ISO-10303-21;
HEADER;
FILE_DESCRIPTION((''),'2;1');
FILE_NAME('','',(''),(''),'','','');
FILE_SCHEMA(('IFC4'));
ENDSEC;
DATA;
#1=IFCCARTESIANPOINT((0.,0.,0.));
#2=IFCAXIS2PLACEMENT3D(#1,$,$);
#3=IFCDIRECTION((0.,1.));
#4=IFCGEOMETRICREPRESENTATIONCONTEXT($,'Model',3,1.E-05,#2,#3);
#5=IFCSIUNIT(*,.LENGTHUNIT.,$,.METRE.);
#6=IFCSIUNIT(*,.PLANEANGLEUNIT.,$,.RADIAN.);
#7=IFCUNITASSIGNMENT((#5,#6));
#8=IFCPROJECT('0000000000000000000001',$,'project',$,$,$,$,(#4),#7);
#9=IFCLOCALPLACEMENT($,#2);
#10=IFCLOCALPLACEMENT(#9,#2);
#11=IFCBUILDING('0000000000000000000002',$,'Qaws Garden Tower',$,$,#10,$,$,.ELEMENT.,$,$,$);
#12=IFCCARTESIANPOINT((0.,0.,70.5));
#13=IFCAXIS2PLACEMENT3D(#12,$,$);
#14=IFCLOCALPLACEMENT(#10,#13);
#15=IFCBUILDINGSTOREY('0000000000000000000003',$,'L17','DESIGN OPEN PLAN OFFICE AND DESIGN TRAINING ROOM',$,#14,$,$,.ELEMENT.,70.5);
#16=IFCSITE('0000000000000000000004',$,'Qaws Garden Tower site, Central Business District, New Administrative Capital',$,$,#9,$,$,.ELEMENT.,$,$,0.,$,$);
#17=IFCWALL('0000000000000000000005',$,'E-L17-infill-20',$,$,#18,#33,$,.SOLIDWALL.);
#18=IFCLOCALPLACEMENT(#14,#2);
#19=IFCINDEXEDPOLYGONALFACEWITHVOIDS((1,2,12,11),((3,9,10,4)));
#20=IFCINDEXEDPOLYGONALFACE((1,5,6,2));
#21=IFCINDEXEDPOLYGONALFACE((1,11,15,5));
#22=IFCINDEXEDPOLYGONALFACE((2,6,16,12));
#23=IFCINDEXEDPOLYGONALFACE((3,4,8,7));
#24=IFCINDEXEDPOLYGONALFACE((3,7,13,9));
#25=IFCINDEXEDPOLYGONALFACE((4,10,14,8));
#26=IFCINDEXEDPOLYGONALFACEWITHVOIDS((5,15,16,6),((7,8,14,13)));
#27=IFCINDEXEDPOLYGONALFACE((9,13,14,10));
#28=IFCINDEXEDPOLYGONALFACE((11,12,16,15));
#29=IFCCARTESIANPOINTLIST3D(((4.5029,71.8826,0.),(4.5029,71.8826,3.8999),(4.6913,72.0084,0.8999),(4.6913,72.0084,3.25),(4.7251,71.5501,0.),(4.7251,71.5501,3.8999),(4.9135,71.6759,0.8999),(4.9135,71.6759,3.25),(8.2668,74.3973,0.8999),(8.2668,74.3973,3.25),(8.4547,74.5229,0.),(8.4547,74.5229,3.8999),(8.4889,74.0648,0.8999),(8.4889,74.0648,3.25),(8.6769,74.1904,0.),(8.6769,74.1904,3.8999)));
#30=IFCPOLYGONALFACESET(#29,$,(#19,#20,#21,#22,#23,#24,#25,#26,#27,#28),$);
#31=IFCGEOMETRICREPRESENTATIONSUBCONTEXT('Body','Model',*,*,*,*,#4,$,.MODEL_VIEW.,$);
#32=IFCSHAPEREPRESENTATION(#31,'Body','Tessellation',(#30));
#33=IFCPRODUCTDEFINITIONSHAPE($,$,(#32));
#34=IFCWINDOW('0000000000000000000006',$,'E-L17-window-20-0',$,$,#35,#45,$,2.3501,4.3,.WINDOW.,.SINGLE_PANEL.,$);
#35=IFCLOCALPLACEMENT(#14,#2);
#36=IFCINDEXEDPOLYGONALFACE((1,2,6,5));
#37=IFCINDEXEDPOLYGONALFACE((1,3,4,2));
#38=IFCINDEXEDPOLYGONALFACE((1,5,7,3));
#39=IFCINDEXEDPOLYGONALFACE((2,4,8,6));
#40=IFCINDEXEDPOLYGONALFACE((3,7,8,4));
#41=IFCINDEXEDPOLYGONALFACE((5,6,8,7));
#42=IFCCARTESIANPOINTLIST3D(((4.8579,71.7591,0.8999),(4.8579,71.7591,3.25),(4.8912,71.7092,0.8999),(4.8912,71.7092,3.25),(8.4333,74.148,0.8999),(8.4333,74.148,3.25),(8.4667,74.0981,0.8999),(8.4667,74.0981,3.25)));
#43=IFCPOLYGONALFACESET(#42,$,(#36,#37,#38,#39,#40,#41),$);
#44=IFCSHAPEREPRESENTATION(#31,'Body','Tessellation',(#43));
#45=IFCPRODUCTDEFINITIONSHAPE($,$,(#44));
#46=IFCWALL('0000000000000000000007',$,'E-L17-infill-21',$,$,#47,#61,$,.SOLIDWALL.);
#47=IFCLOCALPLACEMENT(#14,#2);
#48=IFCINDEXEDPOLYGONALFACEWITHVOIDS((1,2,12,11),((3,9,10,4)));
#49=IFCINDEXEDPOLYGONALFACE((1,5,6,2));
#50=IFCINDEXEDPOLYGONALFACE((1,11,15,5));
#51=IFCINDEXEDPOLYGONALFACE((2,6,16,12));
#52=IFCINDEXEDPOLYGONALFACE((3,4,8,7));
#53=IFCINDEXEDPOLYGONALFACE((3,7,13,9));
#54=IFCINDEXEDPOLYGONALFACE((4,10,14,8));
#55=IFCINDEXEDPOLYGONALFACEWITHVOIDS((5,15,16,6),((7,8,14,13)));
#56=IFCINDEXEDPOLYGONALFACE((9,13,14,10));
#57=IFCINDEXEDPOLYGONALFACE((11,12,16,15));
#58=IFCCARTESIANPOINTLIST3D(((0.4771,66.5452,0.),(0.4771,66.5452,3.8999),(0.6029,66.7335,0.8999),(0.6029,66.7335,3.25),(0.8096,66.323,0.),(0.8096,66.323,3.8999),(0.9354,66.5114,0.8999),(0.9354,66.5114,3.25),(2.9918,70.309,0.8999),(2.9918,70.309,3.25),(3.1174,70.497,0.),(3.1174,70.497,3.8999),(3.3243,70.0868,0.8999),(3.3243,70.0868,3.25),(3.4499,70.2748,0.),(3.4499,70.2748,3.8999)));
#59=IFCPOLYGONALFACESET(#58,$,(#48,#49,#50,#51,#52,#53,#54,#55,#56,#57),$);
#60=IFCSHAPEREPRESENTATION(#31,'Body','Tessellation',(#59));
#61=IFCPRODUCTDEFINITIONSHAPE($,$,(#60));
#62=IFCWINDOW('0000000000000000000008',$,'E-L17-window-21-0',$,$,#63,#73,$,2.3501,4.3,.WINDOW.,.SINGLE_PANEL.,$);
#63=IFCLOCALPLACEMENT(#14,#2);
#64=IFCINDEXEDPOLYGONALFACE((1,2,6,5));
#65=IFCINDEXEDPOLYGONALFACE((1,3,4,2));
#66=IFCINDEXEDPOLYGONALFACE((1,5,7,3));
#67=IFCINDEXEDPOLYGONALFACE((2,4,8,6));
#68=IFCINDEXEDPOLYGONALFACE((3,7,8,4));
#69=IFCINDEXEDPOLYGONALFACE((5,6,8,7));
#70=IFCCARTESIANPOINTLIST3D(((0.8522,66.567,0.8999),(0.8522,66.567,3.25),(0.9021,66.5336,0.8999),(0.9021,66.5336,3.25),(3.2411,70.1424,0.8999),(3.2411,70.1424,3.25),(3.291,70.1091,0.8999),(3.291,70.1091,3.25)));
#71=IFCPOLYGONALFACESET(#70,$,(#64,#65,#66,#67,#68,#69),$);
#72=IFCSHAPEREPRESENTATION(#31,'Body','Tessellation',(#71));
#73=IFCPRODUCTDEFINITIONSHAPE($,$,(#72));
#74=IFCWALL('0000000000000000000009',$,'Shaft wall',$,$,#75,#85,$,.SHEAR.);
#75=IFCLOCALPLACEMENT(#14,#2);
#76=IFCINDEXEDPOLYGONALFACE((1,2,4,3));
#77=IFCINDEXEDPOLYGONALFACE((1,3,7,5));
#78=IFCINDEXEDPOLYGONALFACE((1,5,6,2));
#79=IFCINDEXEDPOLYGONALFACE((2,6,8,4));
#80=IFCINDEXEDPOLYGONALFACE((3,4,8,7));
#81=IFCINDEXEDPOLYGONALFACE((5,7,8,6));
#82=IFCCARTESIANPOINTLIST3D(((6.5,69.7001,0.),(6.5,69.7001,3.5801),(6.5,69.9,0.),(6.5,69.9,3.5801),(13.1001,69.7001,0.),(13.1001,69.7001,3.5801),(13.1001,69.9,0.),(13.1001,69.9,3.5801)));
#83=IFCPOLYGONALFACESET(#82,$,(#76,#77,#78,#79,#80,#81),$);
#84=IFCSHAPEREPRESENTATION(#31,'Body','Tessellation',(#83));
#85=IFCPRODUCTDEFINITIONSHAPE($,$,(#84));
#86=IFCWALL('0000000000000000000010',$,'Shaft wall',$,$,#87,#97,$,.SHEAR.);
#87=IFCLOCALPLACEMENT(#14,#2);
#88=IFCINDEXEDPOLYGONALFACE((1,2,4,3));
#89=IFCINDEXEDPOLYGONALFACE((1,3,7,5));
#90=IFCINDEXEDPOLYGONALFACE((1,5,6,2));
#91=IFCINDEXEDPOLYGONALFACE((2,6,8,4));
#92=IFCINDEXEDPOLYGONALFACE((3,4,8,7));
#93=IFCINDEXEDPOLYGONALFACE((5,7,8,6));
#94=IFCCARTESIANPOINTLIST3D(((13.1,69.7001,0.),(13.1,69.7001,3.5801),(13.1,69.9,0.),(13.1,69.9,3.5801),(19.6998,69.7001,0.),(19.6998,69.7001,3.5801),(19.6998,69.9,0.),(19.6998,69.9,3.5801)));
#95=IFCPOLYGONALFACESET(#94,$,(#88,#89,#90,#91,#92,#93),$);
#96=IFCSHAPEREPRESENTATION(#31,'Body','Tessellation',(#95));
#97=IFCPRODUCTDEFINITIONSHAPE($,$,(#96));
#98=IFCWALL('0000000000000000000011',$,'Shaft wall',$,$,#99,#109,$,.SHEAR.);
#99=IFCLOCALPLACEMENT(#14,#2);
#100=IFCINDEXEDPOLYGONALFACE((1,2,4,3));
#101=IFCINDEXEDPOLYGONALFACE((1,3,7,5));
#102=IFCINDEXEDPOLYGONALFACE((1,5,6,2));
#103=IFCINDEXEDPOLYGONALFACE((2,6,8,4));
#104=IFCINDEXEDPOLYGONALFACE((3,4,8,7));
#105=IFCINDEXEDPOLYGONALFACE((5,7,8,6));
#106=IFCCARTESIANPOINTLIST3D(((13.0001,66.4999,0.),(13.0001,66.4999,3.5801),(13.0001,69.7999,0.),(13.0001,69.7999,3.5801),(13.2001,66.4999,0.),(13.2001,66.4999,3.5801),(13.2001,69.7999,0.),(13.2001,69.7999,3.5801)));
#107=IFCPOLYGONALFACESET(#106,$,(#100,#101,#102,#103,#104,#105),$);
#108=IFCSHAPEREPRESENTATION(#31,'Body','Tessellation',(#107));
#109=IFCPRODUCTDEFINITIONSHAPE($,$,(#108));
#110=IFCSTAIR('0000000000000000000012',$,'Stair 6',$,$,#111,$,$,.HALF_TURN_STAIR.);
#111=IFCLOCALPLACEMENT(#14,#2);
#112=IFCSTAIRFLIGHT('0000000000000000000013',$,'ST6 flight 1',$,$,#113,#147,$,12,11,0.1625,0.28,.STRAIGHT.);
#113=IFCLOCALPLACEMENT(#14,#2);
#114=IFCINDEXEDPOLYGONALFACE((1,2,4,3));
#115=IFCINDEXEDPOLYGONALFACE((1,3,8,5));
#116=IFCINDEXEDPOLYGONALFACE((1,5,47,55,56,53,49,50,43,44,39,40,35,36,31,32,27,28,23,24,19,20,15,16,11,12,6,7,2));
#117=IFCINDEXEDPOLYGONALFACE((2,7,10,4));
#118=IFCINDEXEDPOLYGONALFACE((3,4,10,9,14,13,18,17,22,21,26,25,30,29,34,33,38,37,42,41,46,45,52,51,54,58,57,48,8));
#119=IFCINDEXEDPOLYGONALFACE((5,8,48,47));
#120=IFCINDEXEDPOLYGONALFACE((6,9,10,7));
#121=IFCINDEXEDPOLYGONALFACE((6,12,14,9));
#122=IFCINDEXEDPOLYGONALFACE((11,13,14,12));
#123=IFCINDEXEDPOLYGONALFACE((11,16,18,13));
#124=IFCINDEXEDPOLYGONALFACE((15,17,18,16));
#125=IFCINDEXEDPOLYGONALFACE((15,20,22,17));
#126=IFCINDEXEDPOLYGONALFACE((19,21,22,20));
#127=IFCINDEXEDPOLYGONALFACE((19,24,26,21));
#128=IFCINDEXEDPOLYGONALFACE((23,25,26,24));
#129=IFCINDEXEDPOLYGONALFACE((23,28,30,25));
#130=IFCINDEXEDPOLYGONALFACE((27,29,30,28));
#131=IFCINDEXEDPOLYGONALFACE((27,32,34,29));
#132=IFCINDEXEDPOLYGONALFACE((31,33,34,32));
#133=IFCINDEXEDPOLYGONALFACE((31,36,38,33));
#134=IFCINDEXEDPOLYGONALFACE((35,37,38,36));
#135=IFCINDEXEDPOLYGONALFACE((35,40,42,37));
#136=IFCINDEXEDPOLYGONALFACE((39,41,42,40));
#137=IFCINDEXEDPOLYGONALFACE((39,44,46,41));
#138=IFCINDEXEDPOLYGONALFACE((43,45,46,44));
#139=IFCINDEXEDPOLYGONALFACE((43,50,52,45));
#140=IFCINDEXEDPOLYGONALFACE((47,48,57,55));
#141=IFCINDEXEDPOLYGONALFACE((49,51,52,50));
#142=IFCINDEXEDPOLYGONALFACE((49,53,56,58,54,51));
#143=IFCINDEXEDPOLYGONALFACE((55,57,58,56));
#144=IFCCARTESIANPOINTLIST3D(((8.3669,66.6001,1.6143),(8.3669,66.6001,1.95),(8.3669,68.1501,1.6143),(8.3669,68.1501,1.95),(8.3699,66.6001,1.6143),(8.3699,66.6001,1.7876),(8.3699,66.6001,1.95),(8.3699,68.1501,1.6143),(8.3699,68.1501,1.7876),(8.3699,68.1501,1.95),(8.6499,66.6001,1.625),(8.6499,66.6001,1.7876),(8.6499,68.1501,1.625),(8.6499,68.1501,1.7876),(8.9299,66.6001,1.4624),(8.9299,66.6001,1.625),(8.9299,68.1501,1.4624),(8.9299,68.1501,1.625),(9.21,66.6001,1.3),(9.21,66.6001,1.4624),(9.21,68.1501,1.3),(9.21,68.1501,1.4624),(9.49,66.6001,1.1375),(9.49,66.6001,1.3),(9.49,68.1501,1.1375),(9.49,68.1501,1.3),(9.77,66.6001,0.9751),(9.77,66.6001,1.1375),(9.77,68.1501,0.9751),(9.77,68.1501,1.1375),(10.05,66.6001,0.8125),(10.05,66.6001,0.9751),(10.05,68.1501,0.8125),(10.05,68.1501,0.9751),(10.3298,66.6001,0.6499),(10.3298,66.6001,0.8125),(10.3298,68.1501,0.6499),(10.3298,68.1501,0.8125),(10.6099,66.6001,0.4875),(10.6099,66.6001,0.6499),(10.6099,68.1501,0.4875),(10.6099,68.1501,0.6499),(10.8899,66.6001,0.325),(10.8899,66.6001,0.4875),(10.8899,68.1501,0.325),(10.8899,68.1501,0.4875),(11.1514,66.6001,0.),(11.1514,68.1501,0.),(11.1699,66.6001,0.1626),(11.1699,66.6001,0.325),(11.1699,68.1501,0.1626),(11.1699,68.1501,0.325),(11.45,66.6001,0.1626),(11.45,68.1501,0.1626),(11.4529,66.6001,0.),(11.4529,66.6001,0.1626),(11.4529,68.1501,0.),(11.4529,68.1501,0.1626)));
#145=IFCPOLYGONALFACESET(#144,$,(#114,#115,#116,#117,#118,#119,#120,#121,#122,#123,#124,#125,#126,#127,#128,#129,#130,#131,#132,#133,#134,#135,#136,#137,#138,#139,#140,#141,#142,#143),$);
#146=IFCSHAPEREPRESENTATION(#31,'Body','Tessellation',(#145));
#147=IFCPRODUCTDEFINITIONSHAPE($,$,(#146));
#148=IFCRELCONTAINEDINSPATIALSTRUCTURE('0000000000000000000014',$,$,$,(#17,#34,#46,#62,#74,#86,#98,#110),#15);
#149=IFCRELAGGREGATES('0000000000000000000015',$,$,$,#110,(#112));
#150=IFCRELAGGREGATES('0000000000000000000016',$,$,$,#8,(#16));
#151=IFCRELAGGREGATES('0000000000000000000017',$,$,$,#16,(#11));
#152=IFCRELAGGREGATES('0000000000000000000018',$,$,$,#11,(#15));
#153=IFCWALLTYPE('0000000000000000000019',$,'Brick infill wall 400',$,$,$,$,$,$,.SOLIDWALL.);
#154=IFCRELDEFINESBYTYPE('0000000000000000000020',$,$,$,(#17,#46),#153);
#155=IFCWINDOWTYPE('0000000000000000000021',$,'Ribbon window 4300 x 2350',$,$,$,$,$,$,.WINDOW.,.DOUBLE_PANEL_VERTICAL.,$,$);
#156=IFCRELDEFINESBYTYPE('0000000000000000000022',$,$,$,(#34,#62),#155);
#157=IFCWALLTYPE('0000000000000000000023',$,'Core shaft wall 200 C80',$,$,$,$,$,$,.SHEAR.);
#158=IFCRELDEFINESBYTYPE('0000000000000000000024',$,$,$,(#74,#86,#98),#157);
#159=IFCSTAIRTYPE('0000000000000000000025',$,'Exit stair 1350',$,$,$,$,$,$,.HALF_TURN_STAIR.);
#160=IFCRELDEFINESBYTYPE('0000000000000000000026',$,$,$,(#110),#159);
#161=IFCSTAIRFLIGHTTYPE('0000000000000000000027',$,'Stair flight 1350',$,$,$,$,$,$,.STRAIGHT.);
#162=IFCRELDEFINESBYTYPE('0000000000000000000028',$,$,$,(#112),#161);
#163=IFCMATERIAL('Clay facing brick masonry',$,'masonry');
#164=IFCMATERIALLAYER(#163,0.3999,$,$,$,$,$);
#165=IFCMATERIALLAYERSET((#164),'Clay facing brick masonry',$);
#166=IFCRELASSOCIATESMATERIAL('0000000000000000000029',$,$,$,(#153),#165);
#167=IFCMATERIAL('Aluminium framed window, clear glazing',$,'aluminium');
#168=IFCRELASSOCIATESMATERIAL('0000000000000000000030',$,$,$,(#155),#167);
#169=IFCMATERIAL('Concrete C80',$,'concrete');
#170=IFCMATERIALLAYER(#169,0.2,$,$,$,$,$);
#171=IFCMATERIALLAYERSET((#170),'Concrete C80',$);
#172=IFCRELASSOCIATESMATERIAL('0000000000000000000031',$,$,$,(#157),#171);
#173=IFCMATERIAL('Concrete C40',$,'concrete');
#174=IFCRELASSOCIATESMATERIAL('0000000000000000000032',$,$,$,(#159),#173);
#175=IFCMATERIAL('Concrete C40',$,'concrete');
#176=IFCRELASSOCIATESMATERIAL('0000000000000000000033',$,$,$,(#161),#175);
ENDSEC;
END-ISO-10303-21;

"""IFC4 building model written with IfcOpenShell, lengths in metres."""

from ifc_helpers import new_model, si_unit, direction, frame, frame_2d, origin, place, context, subcontext, project, spatial, polyline, rectangle, outline, extrude, material, layer, layer_set, type_object, element, fill, aggregate, save


model = new_model("IFC4")

# Units and contexts
model_context = context("Model", 3, precision=1e-05, world=origin(), true_north=direction((0.0, 1.0)))
body_context = subcontext(model_context, "Body", "Model", "MODEL_VIEW")
ifc_project = project(units=[si_unit("LENGTHUNIT", "METRE"), si_unit("PLANEANGLEUNIT", "RADIAN")], contexts=[model_context])

# Site, building, storey
site_placement = place(None, origin())
site = spatial("IfcSite", under=ifc_project, at=site_placement, Name="Qaws Garden Tower site, Central Business District, New Administrative Capital", CompositionType="ELEMENT", RefElevation=0.0)
building_placement = place(site_placement, origin())
building = spatial("IfcBuilding", under=site, at=building_placement, Name="Qaws Garden Tower", CompositionType="ELEMENT")
storey_placement = place(building_placement, frame((0.0, 0.0, 70.5)))
storey = spatial("IfcBuildingStorey", under=building, at=storey_placement, Name="L17", Description="DESIGN OPEN PLAN OFFICE AND DESIGN TRAINING ROOM", CompositionType="ELEMENT", Elevation=70.5)

# Walls, openings, windows
ifc_material_1 = material(Name="Clay facing brick masonry", Category="masonry")
ifc_layer_1 = layer(ifc_material_1, 0.3999)
ifc_layer_set_1 = layer_set([ifc_layer_1], Name="Clay facing brick masonry")
wall_type_1 = type_object("IfcWallType", Name="Brick infill wall 400", PredefinedType="SOLIDWALL", material=ifc_layer_set_1)
ifc_material_2 = material(Name="Aluminium framed window, clear glazing", Category="aluminium")
window_type = type_object("IfcWindowType", Name="Ribbon window 4300 x 2350", PartitioningType="DOUBLE_PANEL_VERTICAL", PredefinedType="WINDOW", material=ifc_material_2)
wall_1_placement = place(storey_placement, frame((8.5659, 74.3567, 0.0), z_axis=(0.0, 0.0, 1.0), x_axis=(-0.831489, -0.555542, 0.0)))
wall_1 = element("IfcWall", 1, at=wall_1_placement, inside=storey, type_object=wall_type_1, Name="E-L17-infill-20", PredefinedType="SOLIDWALL", context=body_context, shape_type="SweptSolid", body=[
    extrude(rectangle(XDim=4.7527, YDim=0.3999, at=frame_2d((2.3765, 0.0))), origin(), (0.0, 0.0, 1.0), 3.8999),
])
opening_1_placement = place(wall_1_placement, frame((0.2263, 0.0, 0.8999)))
opening_1 = element("IfcOpeningElement", 2, at=opening_1_placement, cuts=wall_1, PredefinedType="OPENING", context=body_context, shape_type="SweptSolid", body=[
    extrude(rectangle(XDim=4.3, YDim=2.3501, at=frame_2d((2.1499, 1.175))), frame((0.0, 0.21, 0.0), z_axis=(0.0, -1.0, 0.0), x_axis=(1.0, 0.0, 0.0)), (0.0, 0.0, 1.0), 0.4199),
])
window_1_placement = place(opening_1_placement, origin())
window_1 = element("IfcWindow", 3, at=window_1_placement, inside=storey, type_object=window_type, Name="E-L17-window-20-0", OverallHeight=2.3501, OverallWidth=4.3, PartitioningType="SINGLE_PANEL", PredefinedType="WINDOW", context=body_context, shape_type="SweptSolid", body=[
    extrude(rectangle(XDim=4.3, YDim=2.3501, at=frame_2d((2.1499, 1.175))), frame((0.0, 0.1599, 0.0), z_axis=(0.0, -1.0, 0.0), x_axis=(1.0, 0.0, 0.0)), (0.0, 0.0, 1.0), 0.0601),
])
fill(opening_1, window_1)
wall_2_placement = place(storey_placement, frame((3.2837, 70.386, 0.0), z_axis=(0.0, 0.0, 1.0), x_axis=(-0.555542, -0.831489, 0.0)))
wall_2 = element("IfcWall", 4, at=wall_2_placement, inside=storey, type_object=wall_type_1, Name="E-L17-infill-21", PredefinedType="SOLIDWALL", context=body_context, shape_type="SweptSolid", body=[
    extrude(rectangle(XDim=4.7527, YDim=0.3999, at=frame_2d((2.3765, 0.0))), origin(), (0.0, 0.0, 1.0), 3.8999),
])
opening_2_placement = place(wall_2_placement, frame((0.2263, 0.0, 0.8999)))
opening_2 = element("IfcOpeningElement", 5, at=opening_2_placement, cuts=wall_2, PredefinedType="OPENING", context=body_context, shape_type="SweptSolid", body=[
    extrude(rectangle(XDim=4.3, YDim=2.3501, at=frame_2d((2.1499, 1.175))), frame((0.0, 0.21, 0.0), z_axis=(0.0, -1.0, 0.0), x_axis=(1.0, 0.0, 0.0)), (0.0, 0.0, 1.0), 0.4199),
])
window_2_placement = place(opening_2_placement, origin())
window_2 = element("IfcWindow", 6, at=window_2_placement, inside=storey, type_object=window_type, Name="E-L17-window-21-0", OverallHeight=2.3501, OverallWidth=4.3, PartitioningType="SINGLE_PANEL", PredefinedType="WINDOW", context=body_context, shape_type="SweptSolid", body=[
    extrude(rectangle(XDim=4.3, YDim=2.3501, at=frame_2d((2.1499, 1.175))), frame((0.0, 0.1599, 0.0), z_axis=(0.0, -1.0, 0.0), x_axis=(1.0, 0.0, 0.0)), (0.0, 0.0, 1.0), 0.0601),
])
fill(opening_2, window_2)

# Walls
ifc_material_3 = material(Name="Concrete C80", Category="concrete")
ifc_layer_2 = layer(ifc_material_3, 0.2)
ifc_layer_set_2 = layer_set([ifc_layer_2], Name="Concrete C80")
wall_type_2 = type_object("IfcWallType", Name="Core shaft wall 200 C80", PredefinedType="SHEAR", material=ifc_layer_set_2)
wall_3_placement = place(storey_placement, frame((6.5, 69.8, 0.0), z_axis=(0.0, 0.0, 1.0), x_axis=(1.0, 0.0, 0.0)))
element("IfcWall", 7, at=wall_3_placement, inside=storey, type_object=wall_type_2, Name="Shaft wall", PredefinedType="SHEAR", context=body_context, shape_type="SweptSolid", body=[
    extrude(rectangle(XDim=6.6001, YDim=0.2, at=frame_2d((3.3, 0.0))), origin(), (0.0, 0.0, 1.0), 3.5801),
])
wall_4_placement = place(storey_placement, frame((13.1001, 69.8, 0.0), z_axis=(0.0, 0.0, 1.0), x_axis=(1.0, 0.0, 0.0)))
element("IfcWall", 8, at=wall_4_placement, inside=storey, type_object=wall_type_2, Name="Shaft wall", PredefinedType="SHEAR", context=body_context, shape_type="SweptSolid", body=[
    extrude(rectangle(XDim=6.5999, YDim=0.2, at=frame_2d((3.2998, 0.0))), origin(), (0.0, 0.0, 1.0), 3.5801),
])
wall_5_placement = place(storey_placement, frame((13.1001, 66.5, 0.0), z_axis=(0.0, 0.0, 1.0), x_axis=(0.0, 1.0, 0.0)))
element("IfcWall", 9, at=wall_5_placement, inside=storey, type_object=wall_type_2, Name="Shaft wall", PredefinedType="SHEAR", context=body_context, shape_type="SweptSolid", body=[
    extrude(rectangle(XDim=3.3, YDim=0.2, at=frame_2d((1.6499, 0.0))), origin(), (0.0, 0.0, 1.0), 3.5801),
])

# Stair, stair flight
ifc_material_4 = material(Name="Concrete C40", Category="concrete")
stair_type = type_object("IfcStairType", Name="Exit stair 1350", PredefinedType="HALF_TURN_STAIR", material=ifc_material_4)
placement = place(storey_placement, origin())
stair_1 = element("IfcStair", 10, at=placement, inside=storey, type_object=stair_type, Name="Stair 6", PredefinedType="HALF_TURN_STAIR")
ifc_material_5 = material(Name="Concrete C40", Category="concrete")
stair_flight_type = type_object("IfcStairFlightType", Name="Stair flight 1350", PredefinedType="STRAIGHT", material=ifc_material_5)
stair_flight_1_placement = place(storey_placement, frame((11.45, 67.375, 0.0), z_axis=(0.0, 0.0, 1.0), x_axis=(-1.0, 0.0, 0.0)))
stair_flight_1 = element("IfcStairFlight", 11, at=stair_flight_1_placement, type_object=stair_flight_type, Name="ST6 flight 1", NumberOfRisers=12, NumberOfTreads=11, PredefinedType="STRAIGHT", RiserHeight=0.1625, TreadLength=0.28, context=body_context, shape_type="SweptSolid", body=[
    extrude(outline(polyline([(-0.0029, 0.0), (-0.0029, 0.1626), (0.0, 0.1626), (0.28, 0.1626), (0.28, 0.325), (0.5601, 0.325), (0.5601, 0.4875), (0.8401, 0.4875), (0.8401, 0.6499), (1.1201, 0.6499), (1.1201, 0.8125), (1.3999, 0.8125), (1.3999, 0.9751), (1.6799, 0.9751), (1.6799, 1.1375), (1.96, 1.1375), (1.96, 1.3), (2.24, 1.3), (2.24, 1.4624), (2.52, 1.4624), (2.52, 1.625), (2.8, 1.625), (2.8, 1.7876), (3.0801, 1.7876), (3.0801, 1.95), (3.083, 1.95), (3.083, 1.6143), (3.0801, 1.6143), (0.2986, 0.0), (-0.0029, 0.0)])), frame((0.0, 0.7749, 0.0), z_axis=(0.0, -1.0, 0.0), x_axis=(1.0, 0.0, 0.0)), (0.0, 0.0, 1.0), 1.55),
])
aggregate(stair_1, [stair_flight_1])

save(model, "model.ifc")
